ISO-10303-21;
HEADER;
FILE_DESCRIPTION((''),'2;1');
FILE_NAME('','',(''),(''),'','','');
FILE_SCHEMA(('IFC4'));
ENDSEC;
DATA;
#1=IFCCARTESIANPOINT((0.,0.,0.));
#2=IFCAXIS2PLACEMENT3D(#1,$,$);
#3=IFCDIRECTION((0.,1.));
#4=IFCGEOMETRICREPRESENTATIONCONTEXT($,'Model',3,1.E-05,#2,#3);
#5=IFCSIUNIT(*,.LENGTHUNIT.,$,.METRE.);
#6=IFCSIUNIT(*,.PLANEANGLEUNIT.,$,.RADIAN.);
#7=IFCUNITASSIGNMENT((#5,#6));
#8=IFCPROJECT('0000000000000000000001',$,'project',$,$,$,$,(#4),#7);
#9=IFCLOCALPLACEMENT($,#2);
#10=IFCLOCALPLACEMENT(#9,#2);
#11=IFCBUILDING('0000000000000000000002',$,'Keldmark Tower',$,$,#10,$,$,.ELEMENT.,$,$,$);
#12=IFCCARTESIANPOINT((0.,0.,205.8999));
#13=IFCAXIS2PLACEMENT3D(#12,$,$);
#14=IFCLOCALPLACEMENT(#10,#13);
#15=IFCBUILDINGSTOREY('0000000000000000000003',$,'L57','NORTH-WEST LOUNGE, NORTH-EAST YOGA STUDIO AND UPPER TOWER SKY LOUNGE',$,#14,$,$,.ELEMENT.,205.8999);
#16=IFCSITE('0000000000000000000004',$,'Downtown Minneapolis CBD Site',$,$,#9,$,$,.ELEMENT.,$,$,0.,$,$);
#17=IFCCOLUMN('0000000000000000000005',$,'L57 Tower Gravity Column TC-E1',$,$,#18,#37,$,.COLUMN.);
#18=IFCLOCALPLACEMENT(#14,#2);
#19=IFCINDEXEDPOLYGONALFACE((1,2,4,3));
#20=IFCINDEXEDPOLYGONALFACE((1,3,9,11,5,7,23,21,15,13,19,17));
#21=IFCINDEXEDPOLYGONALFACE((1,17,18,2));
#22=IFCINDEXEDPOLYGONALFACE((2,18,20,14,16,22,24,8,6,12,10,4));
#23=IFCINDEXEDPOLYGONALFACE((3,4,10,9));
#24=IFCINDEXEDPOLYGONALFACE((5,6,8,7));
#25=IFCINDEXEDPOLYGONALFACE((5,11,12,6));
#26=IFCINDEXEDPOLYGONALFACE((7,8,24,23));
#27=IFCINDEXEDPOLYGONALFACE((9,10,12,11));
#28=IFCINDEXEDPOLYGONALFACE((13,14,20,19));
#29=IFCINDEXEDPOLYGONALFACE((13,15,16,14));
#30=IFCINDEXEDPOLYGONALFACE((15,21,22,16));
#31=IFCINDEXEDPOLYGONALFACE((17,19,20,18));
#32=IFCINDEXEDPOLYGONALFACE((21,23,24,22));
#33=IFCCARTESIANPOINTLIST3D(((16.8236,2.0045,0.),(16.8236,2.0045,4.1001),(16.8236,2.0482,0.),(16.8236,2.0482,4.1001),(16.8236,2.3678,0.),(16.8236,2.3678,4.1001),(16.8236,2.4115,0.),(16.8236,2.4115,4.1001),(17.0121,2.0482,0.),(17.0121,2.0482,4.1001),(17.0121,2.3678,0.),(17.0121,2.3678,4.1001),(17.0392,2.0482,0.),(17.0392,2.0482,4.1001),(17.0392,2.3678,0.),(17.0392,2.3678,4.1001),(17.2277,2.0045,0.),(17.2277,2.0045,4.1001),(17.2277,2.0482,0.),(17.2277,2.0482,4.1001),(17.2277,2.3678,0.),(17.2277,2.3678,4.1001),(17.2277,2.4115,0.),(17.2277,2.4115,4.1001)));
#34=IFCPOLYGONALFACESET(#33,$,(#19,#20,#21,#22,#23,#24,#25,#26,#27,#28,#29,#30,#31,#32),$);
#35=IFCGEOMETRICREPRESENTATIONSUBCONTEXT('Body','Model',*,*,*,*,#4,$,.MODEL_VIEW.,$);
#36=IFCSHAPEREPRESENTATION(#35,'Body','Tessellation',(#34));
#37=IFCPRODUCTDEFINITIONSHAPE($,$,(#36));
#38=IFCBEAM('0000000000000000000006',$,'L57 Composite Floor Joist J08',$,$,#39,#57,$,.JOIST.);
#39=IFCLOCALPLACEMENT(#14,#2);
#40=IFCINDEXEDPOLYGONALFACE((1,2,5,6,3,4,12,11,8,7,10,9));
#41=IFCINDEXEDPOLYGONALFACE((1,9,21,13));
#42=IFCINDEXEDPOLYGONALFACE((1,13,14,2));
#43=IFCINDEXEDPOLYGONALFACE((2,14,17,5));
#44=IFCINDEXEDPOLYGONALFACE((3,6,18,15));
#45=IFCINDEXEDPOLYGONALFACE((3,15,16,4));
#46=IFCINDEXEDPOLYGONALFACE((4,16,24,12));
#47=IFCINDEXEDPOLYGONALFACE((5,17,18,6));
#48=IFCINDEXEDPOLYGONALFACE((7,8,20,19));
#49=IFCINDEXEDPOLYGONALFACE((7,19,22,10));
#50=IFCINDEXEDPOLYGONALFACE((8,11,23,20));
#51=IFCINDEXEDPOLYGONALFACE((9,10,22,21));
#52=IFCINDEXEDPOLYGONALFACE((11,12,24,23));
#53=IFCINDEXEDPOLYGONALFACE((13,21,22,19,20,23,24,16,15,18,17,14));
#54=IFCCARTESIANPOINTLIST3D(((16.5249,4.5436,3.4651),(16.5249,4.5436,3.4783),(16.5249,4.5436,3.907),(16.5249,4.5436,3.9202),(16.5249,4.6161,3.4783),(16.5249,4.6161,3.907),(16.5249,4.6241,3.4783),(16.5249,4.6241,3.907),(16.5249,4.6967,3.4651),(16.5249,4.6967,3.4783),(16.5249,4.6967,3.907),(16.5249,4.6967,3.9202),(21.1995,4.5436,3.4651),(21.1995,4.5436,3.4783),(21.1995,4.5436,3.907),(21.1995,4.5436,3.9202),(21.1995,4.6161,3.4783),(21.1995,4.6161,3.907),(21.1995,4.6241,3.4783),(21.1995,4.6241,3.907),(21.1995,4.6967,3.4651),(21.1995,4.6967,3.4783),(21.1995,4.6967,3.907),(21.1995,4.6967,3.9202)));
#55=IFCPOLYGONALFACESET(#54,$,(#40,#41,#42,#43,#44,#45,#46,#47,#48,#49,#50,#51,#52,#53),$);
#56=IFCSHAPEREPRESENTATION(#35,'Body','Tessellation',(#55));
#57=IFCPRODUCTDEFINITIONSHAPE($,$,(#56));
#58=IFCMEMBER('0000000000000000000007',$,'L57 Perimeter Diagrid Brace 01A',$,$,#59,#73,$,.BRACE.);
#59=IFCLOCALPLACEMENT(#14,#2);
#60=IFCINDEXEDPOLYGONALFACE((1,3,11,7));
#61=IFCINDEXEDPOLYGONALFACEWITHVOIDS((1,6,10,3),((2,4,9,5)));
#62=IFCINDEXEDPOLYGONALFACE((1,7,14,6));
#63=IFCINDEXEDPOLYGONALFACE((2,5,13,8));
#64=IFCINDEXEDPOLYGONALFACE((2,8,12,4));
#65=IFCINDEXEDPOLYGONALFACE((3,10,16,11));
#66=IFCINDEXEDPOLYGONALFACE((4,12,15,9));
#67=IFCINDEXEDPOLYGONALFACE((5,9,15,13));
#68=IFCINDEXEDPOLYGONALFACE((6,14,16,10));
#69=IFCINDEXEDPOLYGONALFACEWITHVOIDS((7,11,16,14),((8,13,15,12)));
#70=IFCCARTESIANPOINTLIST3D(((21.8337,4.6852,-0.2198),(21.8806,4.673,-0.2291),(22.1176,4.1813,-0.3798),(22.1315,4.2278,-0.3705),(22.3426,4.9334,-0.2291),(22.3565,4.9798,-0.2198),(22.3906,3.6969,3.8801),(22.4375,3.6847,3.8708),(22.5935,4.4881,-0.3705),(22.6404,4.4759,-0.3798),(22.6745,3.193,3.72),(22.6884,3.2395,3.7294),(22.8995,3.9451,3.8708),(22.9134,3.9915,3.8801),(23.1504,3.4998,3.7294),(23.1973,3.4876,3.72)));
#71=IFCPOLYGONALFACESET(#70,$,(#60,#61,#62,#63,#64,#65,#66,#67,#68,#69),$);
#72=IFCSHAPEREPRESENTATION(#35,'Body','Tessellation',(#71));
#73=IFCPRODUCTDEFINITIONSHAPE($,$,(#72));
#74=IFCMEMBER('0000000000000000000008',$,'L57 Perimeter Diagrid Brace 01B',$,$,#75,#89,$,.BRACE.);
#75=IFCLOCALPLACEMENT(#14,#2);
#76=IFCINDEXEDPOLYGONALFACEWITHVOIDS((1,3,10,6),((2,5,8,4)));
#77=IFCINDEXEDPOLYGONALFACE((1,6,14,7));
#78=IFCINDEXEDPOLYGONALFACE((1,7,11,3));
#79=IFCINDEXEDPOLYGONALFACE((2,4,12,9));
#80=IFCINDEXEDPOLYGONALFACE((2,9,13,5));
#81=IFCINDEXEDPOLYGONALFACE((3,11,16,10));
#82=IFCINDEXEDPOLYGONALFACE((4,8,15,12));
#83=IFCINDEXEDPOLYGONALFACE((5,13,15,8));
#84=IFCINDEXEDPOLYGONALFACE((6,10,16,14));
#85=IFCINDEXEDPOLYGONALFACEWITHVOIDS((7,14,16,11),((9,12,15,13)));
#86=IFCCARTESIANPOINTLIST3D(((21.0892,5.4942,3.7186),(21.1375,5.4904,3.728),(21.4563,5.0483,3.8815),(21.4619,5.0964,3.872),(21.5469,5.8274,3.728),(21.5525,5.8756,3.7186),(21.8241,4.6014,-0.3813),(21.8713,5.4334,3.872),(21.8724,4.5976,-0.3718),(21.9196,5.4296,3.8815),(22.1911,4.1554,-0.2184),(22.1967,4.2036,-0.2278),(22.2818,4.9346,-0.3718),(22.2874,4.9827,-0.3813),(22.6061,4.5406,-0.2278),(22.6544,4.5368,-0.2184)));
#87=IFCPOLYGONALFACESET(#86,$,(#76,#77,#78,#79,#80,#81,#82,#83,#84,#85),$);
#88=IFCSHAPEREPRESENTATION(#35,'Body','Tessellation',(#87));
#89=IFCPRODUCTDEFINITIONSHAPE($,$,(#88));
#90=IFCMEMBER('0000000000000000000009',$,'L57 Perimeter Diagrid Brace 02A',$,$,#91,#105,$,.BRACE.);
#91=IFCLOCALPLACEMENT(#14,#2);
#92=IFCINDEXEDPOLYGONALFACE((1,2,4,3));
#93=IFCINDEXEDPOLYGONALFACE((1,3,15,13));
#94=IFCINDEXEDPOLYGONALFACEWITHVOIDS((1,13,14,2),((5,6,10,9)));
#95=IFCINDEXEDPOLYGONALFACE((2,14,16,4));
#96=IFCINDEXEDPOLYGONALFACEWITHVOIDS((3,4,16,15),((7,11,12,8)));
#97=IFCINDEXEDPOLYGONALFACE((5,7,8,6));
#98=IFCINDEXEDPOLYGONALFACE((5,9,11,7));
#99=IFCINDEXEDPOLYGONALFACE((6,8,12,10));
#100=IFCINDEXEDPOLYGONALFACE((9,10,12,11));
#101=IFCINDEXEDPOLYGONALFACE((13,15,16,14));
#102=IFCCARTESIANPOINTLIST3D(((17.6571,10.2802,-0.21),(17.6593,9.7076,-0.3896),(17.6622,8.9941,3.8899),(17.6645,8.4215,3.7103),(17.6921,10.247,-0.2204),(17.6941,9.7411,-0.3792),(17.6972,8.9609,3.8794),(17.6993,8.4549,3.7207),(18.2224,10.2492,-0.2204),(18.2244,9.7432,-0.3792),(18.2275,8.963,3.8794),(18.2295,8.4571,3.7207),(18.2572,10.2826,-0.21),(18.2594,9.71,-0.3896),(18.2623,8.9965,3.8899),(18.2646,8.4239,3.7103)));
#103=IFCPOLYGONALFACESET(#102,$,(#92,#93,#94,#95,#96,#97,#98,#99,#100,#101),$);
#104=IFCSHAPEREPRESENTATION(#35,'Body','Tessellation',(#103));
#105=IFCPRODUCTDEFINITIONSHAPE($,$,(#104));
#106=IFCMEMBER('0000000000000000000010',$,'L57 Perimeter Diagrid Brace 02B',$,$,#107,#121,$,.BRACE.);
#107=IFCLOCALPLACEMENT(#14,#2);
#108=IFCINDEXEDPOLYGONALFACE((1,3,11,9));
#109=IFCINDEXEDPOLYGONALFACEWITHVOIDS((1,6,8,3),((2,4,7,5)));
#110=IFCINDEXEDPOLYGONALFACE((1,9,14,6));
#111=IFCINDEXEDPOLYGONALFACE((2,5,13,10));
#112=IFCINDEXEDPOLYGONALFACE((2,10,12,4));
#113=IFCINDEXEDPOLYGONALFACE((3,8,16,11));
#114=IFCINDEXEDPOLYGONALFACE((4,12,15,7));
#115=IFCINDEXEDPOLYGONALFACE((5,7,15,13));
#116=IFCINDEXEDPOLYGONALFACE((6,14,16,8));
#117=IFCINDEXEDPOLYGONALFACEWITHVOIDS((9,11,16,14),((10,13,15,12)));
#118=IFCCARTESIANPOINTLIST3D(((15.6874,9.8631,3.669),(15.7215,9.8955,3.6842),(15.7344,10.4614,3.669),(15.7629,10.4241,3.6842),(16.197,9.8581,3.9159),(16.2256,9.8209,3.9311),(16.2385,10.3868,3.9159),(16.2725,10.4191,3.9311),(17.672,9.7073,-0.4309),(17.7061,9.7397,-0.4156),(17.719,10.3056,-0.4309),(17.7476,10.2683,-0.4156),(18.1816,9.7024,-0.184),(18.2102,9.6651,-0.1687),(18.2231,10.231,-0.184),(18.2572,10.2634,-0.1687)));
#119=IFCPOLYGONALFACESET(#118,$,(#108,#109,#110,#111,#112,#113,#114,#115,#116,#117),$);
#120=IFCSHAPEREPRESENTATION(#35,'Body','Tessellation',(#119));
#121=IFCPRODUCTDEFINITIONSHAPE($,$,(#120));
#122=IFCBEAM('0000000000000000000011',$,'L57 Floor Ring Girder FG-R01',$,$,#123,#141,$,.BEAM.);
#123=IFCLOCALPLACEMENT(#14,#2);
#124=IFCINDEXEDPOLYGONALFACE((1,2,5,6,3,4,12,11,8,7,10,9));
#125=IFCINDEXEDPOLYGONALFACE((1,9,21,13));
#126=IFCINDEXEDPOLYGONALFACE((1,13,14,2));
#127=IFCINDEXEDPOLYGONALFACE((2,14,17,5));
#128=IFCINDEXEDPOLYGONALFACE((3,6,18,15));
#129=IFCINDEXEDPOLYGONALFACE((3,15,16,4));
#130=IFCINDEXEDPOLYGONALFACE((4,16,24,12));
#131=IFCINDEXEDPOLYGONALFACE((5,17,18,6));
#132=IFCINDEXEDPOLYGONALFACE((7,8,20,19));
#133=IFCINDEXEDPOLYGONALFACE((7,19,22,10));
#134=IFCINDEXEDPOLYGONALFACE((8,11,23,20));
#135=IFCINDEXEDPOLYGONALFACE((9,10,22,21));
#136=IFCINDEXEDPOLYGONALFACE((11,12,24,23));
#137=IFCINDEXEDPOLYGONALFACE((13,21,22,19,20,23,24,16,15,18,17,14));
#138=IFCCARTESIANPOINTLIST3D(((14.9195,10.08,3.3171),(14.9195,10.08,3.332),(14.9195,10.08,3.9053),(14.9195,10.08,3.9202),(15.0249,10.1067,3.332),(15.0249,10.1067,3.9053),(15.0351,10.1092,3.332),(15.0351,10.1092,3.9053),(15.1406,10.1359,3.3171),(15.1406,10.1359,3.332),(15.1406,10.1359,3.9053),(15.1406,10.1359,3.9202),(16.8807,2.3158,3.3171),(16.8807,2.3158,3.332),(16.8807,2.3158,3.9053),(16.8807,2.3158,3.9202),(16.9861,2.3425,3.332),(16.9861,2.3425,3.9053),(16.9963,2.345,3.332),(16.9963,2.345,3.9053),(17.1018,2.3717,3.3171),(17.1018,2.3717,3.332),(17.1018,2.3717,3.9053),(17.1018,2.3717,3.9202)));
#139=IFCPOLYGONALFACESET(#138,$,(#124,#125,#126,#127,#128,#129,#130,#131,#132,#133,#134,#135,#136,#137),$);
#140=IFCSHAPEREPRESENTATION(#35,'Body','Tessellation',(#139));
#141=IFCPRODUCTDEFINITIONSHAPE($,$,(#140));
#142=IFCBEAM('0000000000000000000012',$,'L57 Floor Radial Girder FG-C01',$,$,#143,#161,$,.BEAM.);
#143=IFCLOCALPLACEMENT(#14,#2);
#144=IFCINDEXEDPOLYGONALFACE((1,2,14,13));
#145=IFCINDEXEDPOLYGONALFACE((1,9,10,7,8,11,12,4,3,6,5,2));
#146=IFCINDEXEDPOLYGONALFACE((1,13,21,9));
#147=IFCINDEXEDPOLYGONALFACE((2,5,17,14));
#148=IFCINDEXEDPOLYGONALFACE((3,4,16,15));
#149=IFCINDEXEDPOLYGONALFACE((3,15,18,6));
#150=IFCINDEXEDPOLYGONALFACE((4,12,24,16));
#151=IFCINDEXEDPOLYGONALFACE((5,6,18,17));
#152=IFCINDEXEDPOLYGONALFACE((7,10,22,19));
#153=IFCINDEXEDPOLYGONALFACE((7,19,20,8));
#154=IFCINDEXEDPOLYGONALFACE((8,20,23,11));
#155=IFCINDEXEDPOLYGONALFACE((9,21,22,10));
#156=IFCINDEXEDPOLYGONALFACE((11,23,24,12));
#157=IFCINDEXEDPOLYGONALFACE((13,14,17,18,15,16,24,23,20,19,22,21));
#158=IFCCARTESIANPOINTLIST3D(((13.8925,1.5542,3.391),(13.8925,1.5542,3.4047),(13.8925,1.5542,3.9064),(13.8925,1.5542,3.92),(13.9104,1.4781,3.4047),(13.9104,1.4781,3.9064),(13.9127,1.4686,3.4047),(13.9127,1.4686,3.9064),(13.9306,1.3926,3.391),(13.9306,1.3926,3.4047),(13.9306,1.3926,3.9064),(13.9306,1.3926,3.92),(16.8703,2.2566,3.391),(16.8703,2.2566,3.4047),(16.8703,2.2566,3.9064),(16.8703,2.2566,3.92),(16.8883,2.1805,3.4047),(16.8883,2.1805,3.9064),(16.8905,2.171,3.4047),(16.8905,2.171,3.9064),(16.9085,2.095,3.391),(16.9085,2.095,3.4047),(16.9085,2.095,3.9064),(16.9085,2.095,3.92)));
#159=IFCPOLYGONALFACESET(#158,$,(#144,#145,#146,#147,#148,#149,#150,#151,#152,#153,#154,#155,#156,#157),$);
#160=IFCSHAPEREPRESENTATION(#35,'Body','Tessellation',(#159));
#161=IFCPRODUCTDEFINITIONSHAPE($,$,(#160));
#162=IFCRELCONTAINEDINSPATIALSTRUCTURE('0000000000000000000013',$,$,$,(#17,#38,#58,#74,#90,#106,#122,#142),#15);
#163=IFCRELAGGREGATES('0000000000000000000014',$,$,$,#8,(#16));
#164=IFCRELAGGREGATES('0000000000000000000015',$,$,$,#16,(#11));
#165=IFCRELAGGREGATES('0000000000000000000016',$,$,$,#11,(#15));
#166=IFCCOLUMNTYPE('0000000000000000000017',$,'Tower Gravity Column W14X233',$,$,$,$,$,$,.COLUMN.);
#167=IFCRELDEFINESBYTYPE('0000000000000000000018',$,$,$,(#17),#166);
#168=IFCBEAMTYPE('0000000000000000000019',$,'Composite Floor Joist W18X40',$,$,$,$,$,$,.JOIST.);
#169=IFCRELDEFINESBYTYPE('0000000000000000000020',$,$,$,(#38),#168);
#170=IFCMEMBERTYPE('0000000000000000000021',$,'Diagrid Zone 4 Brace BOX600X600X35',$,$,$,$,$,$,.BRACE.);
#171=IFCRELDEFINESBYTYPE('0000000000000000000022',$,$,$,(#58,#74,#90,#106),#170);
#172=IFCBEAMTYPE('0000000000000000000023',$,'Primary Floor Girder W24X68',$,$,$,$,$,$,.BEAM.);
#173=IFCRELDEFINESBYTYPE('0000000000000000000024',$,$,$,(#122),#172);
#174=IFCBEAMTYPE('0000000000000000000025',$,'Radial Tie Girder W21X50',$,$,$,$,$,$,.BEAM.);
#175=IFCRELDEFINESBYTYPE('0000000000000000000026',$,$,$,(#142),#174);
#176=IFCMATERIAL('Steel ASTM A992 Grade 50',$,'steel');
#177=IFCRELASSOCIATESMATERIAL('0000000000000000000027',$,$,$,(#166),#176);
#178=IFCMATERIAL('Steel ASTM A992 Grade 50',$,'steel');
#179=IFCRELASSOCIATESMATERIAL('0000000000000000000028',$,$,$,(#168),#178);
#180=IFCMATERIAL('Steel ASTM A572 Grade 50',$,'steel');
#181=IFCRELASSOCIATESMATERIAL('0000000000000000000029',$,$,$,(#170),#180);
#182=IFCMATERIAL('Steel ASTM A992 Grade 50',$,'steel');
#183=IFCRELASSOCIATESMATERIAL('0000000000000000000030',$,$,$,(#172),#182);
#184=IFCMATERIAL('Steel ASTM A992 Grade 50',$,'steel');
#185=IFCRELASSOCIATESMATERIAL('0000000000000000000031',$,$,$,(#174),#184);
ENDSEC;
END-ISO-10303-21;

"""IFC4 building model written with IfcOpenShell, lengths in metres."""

from ifc_helpers import new_model, si_unit, direction, frame, origin, origin_2d, place, context, subcontext, project, spatial, hollow_rectangle, i_section, extrude, material, material_profile, profile_set, type_object, element, save


model = new_model("IFC4")

# Units and contexts
model_context = context("Model", 3, precision=1e-05, world=origin(), true_north=direction((0.0, 1.0)))
body_context = subcontext(model_context, "Body", "Model", "MODEL_VIEW")
ifc_project = project(units=[si_unit("LENGTHUNIT", "METRE"), si_unit("PLANEANGLEUNIT", "RADIAN")], contexts=[model_context])

# Site, building, storey
site_placement = place(None, origin())
site = spatial("IfcSite", under=ifc_project, at=site_placement, Name="Downtown Minneapolis CBD Site", CompositionType="ELEMENT", RefElevation=0.0)
building_placement = place(site_placement, origin())
building = spatial("IfcBuilding", under=site, at=building_placement, Name="Keldmark Tower", CompositionType="ELEMENT")
storey_placement = place(building_placement, frame((0.0, 0.0, 205.8999)))
storey = spatial("IfcBuildingStorey", under=building, at=storey_placement, Name="L57", Description="NORTH-WEST LOUNGE, NORTH-EAST YOGA STUDIO AND UPPER TOWER SKY LOUNGE", CompositionType="ELEMENT", Elevation=205.8999)

# Column
ifc_material_1 = material(Name="Steel ASTM A992 Grade 50", Category="steel")
ifc_material_profile_1 = material_profile(ifc_material_1, i_section(OverallWidth=0.4041, OverallDepth=0.407, WebThickness=0.0271, FlangeThickness=0.0437, at=origin_2d()), Name="W14X233")
ifc_profile_set_1 = profile_set([ifc_material_profile_1], Name="Steel ASTM A992 Grade 50")
column_type = type_object("IfcColumnType", Name="Tower Gravity Column W14X233", PredefinedType="COLUMN", material=ifc_profile_set_1)
column_placement = place(storey_placement, frame((17.0256, 2.208, 0.0), z_axis=(0.0, 0.0, 1.0), x_axis=(1.0, 0.0, 0.0)))
element("IfcColumn", 1, at=column_placement, inside=storey, type_object=column_type, Name="L57 Tower Gravity Column TC-E1", PredefinedType="COLUMN", context=body_context, shape_type="SweptSolid", body=[
    extrude(i_section(OverallWidth=0.4041, OverallDepth=0.407, WebThickness=0.0271, FlangeThickness=0.0437, at=origin_2d()), origin(), (0.0, 0.0, 1.0), 4.1001),
])

# Beam
ifc_material_2 = material(Name="Steel ASTM A992 Grade 50", Category="steel")
ifc_material_profile_2 = material_profile(ifc_material_2, i_section(OverallWidth=0.1531, OverallDepth=0.4551, WebThickness=0.0081, FlangeThickness=0.0132, at=origin_2d()), Name="W18X40")
ifc_profile_set_2 = profile_set([ifc_material_profile_2], Name="Steel ASTM A992 Grade 50")
beam_type_1 = type_object("IfcBeamType", Name="Composite Floor Joist W18X40", PredefinedType="JOIST", material=ifc_profile_set_2)
beam_1_placement = place(storey_placement, frame((16.5249, 4.6201, 3.6926), z_axis=(1.0, 0.0, 0.0), x_axis=(0.0, 1.0, 0.0)))
element("IfcBeam", 2, at=beam_1_placement, inside=storey, type_object=beam_type_1, Name="L57 Composite Floor Joist J08", PredefinedType="JOIST", context=body_context, shape_type="SweptSolid", body=[
    extrude(i_section(OverallWidth=0.1531, OverallDepth=0.4551, WebThickness=0.0081, FlangeThickness=0.0132, at=origin_2d()), origin(), (0.0, 0.0, 1.0), 4.6746),
])

# Members
ifc_material_3 = material(Name="Steel ASTM A572 Grade 50", Category="steel")
ifc_material_profile_3 = material_profile(ifc_material_3, hollow_rectangle(XDim=0.6001, YDim=0.6001, WallThickness=0.0349, at=origin_2d()), Name="BOX600X600X35")
ifc_profile_set_3 = profile_set([ifc_material_profile_3], Name="Steel ASTM A572 Grade 50")
member_type = type_object("IfcMemberType", Name="Diagrid Zone 4 Brace BOX600X600X35", PredefinedType="BRACE", material=ifc_profile_set_3)
member_1_placement = place(storey_placement, frame((22.2371, 4.5806, -0.2998), z_axis=(0.130912, -0.232324, 0.963788), x_axis=(0.871207, 0.490915, 0.0)))
element("IfcMember", 3, at=member_1_placement, inside=storey, type_object=member_type, Name="L57 Perimeter Diagrid Brace 01A", PredefinedType="BRACE", context=body_context, shape_type="SweptSolid", body=[
    extrude(hollow_rectangle(XDim=0.6001, YDim=0.6001, WallThickness=0.0349, at=origin_2d()), origin(), (0.0, 0.0, 1.0), 4.2539),
])
member_2_placement = place(storey_placement, frame((22.2393, 4.5691, -0.2998), z_axis=(-0.172511, 0.209592, 0.962451), x_axis=(-0.772101, -0.6355, 0.0)))
element("IfcMember", 4, at=member_2_placement, inside=storey, type_object=member_type, Name="L57 Perimeter Diagrid Brace 01B", PredefinedType="BRACE", context=body_context, shape_type="SweptSolid", body=[
    extrude(hollow_rectangle(XDim=0.6001, YDim=0.6001, WallThickness=0.0349, at=origin_2d()), origin(), (0.0, 0.0, 1.0), 4.2598),
])
member_3_placement = place(storey_placement, frame((17.9583, 9.9951, -0.2998), z_axis=(0.001193, -0.29932, 0.954152), x_axis=(0.999992, 0.003986, 0.0)))
element("IfcMember", 5, at=member_3_placement, inside=storey, type_object=member_type, Name="L57 Perimeter Diagrid Brace 02A", PredefinedType="BRACE", context=body_context, shape_type="SweptSolid", body=[
    extrude(hollow_rectangle(XDim=0.6001, YDim=0.6001, WallThickness=0.0349, at=origin_2d()), origin(), (0.0, 0.0, 1.0), 4.2969),
])
member_4_placement = place(storey_placement, frame((17.9646, 9.9854, -0.2998), z_axis=(-0.435452, 0.034176, 0.899563), x_axis=(-0.078244, -0.996934, 0.0)))
element("IfcMember", 6, at=member_4_placement, inside=storey, type_object=member_type, Name="L57 Perimeter Diagrid Brace 02B", PredefinedType="BRACE", context=body_context, shape_type="SweptSolid", body=[
    extrude(hollow_rectangle(XDim=0.6001, YDim=0.6001, WallThickness=0.0349, at=origin_2d()), origin(), (0.0, 0.0, 1.0), 4.5576),
])

# Beams
ifc_material_4 = material(Name="Steel ASTM A992 Grade 50", Category="steel")
ifc_material_profile_4 = material_profile(ifc_material_4, i_section(OverallWidth=0.228, OverallDepth=0.603, WebThickness=0.0105, FlangeThickness=0.0149, at=origin_2d()), Name="W24X68")
ifc_profile_set_4 = profile_set([ifc_material_profile_4], Name="Steel ASTM A992 Grade 50")
beam_type_2 = type_object("IfcBeamType", Name="Primary Floor Girder W24X68", PredefinedType="BEAM", material=ifc_profile_set_4)
beam_2_placement = place(storey_placement, frame((16.9912, 2.3438, 3.6187), z_axis=(-0.244902, 0.969548, 0.0), x_axis=(-0.969548, -0.244902, 0.0)))
element("IfcBeam", 7, at=beam_2_placement, inside=storey, type_object=beam_type_2, Name="L57 Floor Ring Girder FG-R01", PredefinedType="BEAM", context=body_context, shape_type="SweptSolid", body=[
    extrude(i_section(OverallWidth=0.228, OverallDepth=0.603, WebThickness=0.0105, FlangeThickness=0.0149, at=origin_2d()), origin(), (0.0, 0.0, 1.0), 8.0081),
])
ifc_material_5 = material(Name="Steel ASTM A992 Grade 50", Category="steel")
ifc_material_profile_5 = material_profile(ifc_material_5, i_section(OverallWidth=0.166, OverallDepth=0.5291, WebThickness=0.0098, FlangeThickness=0.0137, at=origin_2d()), Name="W21X50")
ifc_profile_set_5 = profile_set([ifc_material_profile_5], Name="Steel ASTM A992 Grade 50")
beam_type_3 = type_object("IfcBeamType", Name="Radial Tie Girder W21X50", PredefinedType="BEAM", material=ifc_profile_set_5)
beam_3_placement = place(storey_placement, frame((16.8894, 2.1758, 3.6555), z_axis=(-0.97329, -0.229577, 0.0), x_axis=(0.229577, -0.97329, 0.0)))
element("IfcBeam", 8, at=beam_3_placement, inside=storey, type_object=beam_type_3, Name="L57 Floor Radial Girder FG-C01", PredefinedType="BEAM", context=body_context, shape_type="SweptSolid", body=[
    extrude(i_section(OverallWidth=0.166, OverallDepth=0.5291, WebThickness=0.0098, FlangeThickness=0.0137, at=origin_2d()), origin(), (0.0, 0.0, 1.0), 3.0596),
])

save(model, "model.ifc")
